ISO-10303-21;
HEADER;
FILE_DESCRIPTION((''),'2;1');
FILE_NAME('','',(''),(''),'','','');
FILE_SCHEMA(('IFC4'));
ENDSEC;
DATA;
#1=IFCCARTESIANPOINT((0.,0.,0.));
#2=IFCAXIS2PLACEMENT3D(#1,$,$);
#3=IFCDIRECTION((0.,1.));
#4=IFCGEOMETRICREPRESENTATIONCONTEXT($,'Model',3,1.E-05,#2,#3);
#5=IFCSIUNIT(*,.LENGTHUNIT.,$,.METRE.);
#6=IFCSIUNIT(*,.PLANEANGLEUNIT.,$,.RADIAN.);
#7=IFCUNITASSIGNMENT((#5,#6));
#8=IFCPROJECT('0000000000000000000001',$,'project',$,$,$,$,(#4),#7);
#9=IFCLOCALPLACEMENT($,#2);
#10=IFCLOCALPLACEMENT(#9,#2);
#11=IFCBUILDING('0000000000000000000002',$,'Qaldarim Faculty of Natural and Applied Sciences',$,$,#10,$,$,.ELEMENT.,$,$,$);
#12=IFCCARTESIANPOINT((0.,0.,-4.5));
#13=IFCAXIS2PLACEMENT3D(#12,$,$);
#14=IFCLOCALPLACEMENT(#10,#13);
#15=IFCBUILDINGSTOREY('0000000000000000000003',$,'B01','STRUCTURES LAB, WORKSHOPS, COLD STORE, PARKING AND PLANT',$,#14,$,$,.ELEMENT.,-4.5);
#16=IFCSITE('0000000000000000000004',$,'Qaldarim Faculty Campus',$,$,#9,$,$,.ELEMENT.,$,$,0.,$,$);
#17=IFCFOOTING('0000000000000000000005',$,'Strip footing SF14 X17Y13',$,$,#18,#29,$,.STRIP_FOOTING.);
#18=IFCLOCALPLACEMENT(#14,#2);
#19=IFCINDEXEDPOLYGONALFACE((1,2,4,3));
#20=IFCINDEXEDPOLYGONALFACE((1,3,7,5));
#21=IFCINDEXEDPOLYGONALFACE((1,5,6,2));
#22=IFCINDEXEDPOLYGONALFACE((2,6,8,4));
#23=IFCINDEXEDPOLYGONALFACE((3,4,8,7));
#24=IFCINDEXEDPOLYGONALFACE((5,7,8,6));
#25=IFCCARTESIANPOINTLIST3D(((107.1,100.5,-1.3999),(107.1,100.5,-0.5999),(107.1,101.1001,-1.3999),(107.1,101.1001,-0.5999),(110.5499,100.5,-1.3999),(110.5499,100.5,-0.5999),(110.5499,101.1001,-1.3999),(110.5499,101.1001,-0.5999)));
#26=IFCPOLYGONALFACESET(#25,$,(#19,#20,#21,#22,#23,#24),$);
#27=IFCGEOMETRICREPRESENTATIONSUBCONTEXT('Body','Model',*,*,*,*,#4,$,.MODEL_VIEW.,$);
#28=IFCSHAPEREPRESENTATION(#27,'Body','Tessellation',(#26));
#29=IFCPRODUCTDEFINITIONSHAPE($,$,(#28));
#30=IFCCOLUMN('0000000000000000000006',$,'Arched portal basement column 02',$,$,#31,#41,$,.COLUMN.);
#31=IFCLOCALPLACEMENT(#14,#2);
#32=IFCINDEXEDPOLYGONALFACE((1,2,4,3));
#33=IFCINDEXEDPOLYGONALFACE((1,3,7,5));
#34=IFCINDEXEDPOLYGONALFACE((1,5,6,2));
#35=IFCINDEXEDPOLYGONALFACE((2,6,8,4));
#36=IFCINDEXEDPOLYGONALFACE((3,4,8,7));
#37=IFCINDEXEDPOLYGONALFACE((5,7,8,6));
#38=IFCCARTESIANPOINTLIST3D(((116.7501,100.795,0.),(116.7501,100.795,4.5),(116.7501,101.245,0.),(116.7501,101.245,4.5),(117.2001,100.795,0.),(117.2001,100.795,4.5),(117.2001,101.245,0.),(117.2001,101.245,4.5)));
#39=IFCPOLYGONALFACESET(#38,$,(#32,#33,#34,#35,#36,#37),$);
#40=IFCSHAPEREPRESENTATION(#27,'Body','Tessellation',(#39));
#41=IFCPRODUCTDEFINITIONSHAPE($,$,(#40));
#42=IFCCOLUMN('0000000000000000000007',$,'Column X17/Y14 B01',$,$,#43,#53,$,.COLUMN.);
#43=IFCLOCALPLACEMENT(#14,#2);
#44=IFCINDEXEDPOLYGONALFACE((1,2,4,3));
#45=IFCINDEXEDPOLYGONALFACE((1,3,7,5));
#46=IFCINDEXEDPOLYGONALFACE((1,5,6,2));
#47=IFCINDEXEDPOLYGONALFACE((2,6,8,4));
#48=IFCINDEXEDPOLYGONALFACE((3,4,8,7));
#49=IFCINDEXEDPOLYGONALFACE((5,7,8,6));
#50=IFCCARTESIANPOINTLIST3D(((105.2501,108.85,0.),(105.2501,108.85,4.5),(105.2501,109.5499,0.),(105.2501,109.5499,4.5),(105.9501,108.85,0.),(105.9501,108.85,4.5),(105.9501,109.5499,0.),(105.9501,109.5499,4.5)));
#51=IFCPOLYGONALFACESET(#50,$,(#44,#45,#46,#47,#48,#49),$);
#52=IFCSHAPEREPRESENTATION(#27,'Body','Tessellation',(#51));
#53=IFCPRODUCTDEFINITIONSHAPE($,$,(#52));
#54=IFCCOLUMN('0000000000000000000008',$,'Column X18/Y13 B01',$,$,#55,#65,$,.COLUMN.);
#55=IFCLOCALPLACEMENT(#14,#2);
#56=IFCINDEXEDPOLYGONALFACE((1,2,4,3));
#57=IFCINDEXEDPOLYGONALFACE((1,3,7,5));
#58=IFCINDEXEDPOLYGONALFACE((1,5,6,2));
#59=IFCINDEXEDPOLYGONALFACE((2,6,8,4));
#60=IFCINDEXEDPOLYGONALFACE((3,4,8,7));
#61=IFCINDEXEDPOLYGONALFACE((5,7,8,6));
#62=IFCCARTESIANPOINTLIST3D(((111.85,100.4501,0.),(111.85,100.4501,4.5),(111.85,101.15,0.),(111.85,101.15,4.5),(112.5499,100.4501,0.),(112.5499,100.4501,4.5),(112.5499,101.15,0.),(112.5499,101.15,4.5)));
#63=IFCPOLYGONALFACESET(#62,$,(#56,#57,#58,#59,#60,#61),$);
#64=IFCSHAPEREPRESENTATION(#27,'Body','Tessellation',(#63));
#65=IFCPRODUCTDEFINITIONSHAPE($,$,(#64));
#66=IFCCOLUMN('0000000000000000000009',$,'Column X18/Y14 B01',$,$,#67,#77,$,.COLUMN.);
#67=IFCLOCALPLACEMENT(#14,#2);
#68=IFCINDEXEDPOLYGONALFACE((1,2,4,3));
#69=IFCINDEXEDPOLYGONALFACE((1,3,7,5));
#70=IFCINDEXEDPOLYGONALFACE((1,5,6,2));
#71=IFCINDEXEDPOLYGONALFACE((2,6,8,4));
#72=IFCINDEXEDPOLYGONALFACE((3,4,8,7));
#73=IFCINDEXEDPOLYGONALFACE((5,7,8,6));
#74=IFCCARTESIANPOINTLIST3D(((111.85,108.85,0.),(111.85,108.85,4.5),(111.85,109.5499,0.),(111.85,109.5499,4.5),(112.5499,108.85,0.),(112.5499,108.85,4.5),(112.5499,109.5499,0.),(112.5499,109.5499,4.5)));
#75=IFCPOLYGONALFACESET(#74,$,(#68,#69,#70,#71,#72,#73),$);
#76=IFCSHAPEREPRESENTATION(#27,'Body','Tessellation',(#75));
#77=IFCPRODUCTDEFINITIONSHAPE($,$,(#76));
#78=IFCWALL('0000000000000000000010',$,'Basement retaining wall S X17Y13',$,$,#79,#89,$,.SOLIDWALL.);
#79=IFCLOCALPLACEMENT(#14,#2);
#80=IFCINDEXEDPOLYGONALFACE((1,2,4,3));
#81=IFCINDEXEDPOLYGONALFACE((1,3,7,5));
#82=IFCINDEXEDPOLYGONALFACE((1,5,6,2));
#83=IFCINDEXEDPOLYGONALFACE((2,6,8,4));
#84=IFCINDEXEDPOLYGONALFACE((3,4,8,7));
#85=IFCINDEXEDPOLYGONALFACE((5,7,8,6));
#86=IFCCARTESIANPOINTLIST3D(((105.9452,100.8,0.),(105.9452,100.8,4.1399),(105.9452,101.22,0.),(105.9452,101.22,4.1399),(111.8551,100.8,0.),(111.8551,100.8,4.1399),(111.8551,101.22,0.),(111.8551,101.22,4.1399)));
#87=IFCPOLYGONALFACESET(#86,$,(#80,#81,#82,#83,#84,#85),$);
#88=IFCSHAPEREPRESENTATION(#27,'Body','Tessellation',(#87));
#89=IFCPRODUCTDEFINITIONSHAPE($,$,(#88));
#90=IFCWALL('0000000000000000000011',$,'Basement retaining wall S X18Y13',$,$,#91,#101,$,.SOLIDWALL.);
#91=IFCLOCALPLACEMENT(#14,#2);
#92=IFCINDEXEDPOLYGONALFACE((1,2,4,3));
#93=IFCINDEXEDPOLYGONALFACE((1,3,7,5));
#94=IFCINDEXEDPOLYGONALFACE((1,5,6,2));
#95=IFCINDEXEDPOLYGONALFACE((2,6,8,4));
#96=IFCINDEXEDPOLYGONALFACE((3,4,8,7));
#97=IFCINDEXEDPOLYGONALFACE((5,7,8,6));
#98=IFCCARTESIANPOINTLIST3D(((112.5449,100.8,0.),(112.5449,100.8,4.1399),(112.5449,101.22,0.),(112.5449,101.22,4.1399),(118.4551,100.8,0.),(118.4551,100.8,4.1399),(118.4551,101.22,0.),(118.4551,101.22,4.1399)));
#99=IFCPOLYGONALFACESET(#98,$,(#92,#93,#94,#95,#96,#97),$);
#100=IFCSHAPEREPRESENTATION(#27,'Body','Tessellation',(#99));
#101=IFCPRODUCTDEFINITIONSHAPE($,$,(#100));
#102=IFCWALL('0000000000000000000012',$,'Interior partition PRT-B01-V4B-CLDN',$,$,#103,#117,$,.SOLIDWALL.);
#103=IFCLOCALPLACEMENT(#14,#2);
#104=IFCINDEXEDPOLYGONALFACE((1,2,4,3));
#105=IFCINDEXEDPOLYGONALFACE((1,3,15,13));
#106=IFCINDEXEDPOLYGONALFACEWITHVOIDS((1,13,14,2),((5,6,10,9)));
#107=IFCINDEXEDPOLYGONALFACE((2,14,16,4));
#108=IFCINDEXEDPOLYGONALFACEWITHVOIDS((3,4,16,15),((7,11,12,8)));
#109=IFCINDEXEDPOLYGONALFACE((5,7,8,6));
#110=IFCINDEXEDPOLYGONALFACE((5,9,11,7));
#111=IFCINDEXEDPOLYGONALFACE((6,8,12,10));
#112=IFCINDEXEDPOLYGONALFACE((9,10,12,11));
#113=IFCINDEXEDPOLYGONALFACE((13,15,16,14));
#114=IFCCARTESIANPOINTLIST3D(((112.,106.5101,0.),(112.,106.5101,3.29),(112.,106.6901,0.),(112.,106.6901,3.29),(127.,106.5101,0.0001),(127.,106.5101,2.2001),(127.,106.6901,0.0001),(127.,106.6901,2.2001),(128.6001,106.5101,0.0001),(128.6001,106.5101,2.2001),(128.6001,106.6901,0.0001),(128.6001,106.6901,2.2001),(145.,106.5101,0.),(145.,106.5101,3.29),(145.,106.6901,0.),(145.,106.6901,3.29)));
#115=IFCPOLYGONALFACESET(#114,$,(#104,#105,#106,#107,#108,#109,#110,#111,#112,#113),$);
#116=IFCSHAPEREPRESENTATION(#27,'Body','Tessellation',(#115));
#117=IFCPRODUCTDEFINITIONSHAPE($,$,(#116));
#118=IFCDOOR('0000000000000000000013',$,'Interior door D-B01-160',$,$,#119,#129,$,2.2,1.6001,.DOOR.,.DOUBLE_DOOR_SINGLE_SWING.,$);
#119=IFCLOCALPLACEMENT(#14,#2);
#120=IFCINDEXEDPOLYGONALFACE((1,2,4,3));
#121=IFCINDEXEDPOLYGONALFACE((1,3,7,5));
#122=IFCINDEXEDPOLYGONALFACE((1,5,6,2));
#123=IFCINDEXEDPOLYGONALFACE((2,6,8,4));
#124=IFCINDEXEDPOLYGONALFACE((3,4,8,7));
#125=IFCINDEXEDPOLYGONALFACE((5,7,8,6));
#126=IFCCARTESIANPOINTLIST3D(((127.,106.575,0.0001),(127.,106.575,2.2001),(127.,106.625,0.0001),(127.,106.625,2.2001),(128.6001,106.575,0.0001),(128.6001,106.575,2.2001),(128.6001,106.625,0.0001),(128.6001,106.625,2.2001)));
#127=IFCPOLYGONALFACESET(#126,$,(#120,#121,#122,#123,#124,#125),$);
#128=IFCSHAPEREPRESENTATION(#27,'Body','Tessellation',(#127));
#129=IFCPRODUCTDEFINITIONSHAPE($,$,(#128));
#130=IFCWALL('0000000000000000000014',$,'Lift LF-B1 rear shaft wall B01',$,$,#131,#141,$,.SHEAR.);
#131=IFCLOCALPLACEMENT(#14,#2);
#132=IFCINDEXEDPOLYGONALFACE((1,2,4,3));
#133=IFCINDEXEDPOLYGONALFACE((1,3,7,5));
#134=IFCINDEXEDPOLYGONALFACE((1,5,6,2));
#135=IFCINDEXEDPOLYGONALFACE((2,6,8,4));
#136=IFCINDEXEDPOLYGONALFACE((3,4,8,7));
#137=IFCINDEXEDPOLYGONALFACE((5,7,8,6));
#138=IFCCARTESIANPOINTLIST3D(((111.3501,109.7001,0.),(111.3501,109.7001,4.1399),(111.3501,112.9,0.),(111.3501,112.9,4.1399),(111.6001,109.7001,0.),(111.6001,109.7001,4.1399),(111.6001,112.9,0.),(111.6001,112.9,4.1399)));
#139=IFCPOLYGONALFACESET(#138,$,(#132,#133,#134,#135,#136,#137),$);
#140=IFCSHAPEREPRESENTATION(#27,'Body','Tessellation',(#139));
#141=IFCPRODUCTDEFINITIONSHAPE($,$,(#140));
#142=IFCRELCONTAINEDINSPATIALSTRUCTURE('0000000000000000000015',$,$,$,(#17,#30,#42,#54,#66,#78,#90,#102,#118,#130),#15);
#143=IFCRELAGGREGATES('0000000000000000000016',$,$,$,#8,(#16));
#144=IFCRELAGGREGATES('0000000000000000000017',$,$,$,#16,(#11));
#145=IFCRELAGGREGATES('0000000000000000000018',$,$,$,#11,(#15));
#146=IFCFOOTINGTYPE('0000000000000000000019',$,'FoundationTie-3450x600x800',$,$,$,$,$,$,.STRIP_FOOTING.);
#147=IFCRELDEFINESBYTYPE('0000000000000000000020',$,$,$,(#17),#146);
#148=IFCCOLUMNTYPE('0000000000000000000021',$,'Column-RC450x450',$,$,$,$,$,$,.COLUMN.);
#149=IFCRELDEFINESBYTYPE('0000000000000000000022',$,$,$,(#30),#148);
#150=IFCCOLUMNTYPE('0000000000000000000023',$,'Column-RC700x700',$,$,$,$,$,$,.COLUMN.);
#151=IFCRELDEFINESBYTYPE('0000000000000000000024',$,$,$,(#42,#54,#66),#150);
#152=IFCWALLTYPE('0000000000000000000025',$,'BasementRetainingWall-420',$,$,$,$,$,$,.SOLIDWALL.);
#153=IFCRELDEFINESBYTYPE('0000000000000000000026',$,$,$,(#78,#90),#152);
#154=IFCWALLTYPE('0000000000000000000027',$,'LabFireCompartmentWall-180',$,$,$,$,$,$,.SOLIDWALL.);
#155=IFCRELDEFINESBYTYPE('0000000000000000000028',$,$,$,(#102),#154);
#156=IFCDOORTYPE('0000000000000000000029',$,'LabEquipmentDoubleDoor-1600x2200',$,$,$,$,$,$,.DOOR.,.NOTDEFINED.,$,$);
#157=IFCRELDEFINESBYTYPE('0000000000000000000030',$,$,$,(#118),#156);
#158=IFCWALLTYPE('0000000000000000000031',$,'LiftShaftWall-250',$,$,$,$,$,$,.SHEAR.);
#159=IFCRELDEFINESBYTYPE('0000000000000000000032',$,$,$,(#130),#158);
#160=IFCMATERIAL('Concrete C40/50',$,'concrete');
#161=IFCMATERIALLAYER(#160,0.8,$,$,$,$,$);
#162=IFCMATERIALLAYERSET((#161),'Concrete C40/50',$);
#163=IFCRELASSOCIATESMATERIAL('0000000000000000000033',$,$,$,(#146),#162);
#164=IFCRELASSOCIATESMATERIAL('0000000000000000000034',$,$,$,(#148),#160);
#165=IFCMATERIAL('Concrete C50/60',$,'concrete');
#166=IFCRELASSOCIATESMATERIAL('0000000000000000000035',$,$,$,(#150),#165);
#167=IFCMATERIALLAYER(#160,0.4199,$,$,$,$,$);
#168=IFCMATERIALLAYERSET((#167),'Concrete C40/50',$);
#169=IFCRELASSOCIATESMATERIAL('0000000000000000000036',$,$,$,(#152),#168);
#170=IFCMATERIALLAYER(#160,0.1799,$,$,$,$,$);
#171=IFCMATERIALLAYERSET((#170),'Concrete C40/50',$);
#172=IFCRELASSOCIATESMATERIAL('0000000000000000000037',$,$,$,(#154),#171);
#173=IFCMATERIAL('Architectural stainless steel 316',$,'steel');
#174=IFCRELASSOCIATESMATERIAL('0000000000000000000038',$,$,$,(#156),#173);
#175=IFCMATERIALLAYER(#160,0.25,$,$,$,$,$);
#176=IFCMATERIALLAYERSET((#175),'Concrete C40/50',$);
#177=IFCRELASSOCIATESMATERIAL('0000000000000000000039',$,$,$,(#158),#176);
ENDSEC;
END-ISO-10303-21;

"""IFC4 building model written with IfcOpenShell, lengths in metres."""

from ifc_helpers import new_model, si_unit, direction, frame, frame_2d, origin, origin_2d, place, context, subcontext, project, spatial, rectangle, extrude, material, layer, layer_set, material_profile, profile_set, type_object, element, fill, save


model = new_model("IFC4")

# Units and contexts
model_context = context("Model", 3, precision=1e-05, world=origin(), true_north=direction((0.0, 1.0)))
body_context = subcontext(model_context, "Body", "Model", "MODEL_VIEW")
ifc_project = project(units=[si_unit("LENGTHUNIT", "METRE"), si_unit("PLANEANGLEUNIT", "RADIAN")], contexts=[model_context])

# Site, building, storey
site_placement = place(None, origin())
site = spatial("IfcSite", under=ifc_project, at=site_placement, Name="Qaldarim Faculty Campus", CompositionType="ELEMENT", RefElevation=0.0)
building_placement = place(site_placement, origin())
building = spatial("IfcBuilding", under=site, at=building_placement, Name="Qaldarim Faculty of Natural and Applied Sciences", CompositionType="ELEMENT")
storey_placement = place(building_placement, frame((0.0, 0.0, -4.5)))
storey = spatial("IfcBuildingStorey", under=building, at=storey_placement, Name="B01", Description="STRUCTURES LAB, WORKSHOPS, COLD STORE, PARKING AND PLANT", CompositionType="ELEMENT", Elevation=-4.5)

# Shared definitions
ifc_material_1 = material(Name="Concrete C40/50", Category="concrete")

# Footing
ifc_layer_1 = layer(ifc_material_1, 0.8)
ifc_layer_set_1 = layer_set([ifc_layer_1], Name="Concrete C40/50")
footing_type_1 = type_object("IfcFootingType", Name="FoundationTie-3450x600x800", PredefinedType="STRIP_FOOTING", material=ifc_layer_set_1)
footing_1_placement = place(storey_placement, frame((108.825, 100.8, -1.3999), z_axis=(0.0, 0.0, 1.0), x_axis=(1.0, 0.0, 0.0)))
element("IfcFooting", 1, at=footing_1_placement, inside=storey, type_object=footing_type_1, Name="Strip footing SF14 X17Y13", PredefinedType="STRIP_FOOTING", context=body_context, shape_type="SweptSolid", body=[
    extrude(rectangle(XDim=3.45, YDim=0.6001, at=origin_2d()), origin(), (0.0, 0.0, 1.0), 0.8),
])

# Columns
ifc_material_profile_1 = material_profile(ifc_material_1, rectangle(XDim=0.45, YDim=0.45, at=origin_2d()), Name="RC-C450x450")
ifc_profile_set_1 = profile_set([ifc_material_profile_1], Name="Concrete C40/50")
column_type_1 = type_object("IfcColumnType", Name="Column-RC450x450", PredefinedType="COLUMN", material=ifc_profile_set_1)
column_placement = place(storey_placement, frame((116.9751, 101.02, 0.0), z_axis=(0.0, 0.0, 1.0), x_axis=(1.0, 0.0, 0.0)))
element("IfcColumn", 2, at=column_placement, inside=storey, type_object=column_type_1, Name="Arched portal basement column 02", PredefinedType="COLUMN", context=body_context, shape_type="SweptSolid", body=[
    extrude(rectangle(XDim=0.45, YDim=0.45, at=origin_2d()), origin(), (0.0, 0.0, 1.0), 4.5),
])
ifc_material_2 = material(Name="Concrete C50/60", Category="concrete")
ifc_material_profile_2 = material_profile(ifc_material_2, rectangle(XDim=0.7, YDim=0.7, at=origin_2d()), Name="RC-C700x700")
ifc_profile_set_2 = profile_set([ifc_material_profile_2], Name="Concrete C50/60")
column_type_2 = type_object("IfcColumnType", Name="Column-RC700x700", PredefinedType="COLUMN", material=ifc_profile_set_2)
for number, where, z_axis, x_axis, name in (
    (3, (105.6001, 109.2, 0.0), (0.0, 0.0, 1.0), (1.0, 0.0, 0.0), "Column X17/Y14 B01"),
    (4, (112.2, 100.8, 0.0), (0.0, 0.0, 1.0), (1.0, 0.0, 0.0), "Column X18/Y13 B01"),
    (5, (112.2, 109.2, 0.0), (0.0, 0.0, 1.0), (1.0, 0.0, 0.0), "Column X18/Y14 B01"),
):
    element("IfcColumn", number, at=place(storey_placement, frame(where, z_axis=z_axis, x_axis=x_axis)), inside=storey, type_object=column_type_2, Name=name, PredefinedType="COLUMN", context=body_context, shape_type="SweptSolid", body=[
        extrude(rectangle(XDim=0.7, YDim=0.7, at=origin_2d()), origin(), (0.0, 0.0, 1.0), 4.5),
    ])

# Walls
ifc_layer_2 = layer(ifc_material_1, 0.4199)
ifc_layer_set_2 = layer_set([ifc_layer_2], Name="Concrete C40/50")
wall_type_1 = type_object("IfcWallType", Name="BasementRetainingWall-420", PredefinedType="SOLIDWALL", material=ifc_layer_set_2)
wall_1_placement = place(storey_placement, frame((105.9451, 101.01, 0.0), z_axis=(0.0, 0.0, 1.0), x_axis=(1.0, 0.0, 0.0)))
element("IfcWall", 6, at=wall_1_placement, inside=storey, type_object=wall_type_1, Name="Basement retaining wall S X17Y13", PredefinedType="SOLIDWALL", context=body_context, shape_type="SweptSolid", body=[
    extrude(rectangle(XDim=5.9099, YDim=0.4199, at=frame_2d((2.9551, 0.0))), origin(), (0.0, 0.0, 1.0), 4.1399),
])
wall_2_placement = place(storey_placement, frame((112.5449, 101.01, 0.0), z_axis=(0.0, 0.0, 1.0), x_axis=(1.0, 0.0, 0.0)))
element("IfcWall", 7, at=wall_2_placement, inside=storey, type_object=wall_type_1, Name="Basement retaining wall S X18Y13", PredefinedType="SOLIDWALL", context=body_context, shape_type="SweptSolid", body=[
    extrude(rectangle(XDim=5.9102, YDim=0.4199, at=frame_2d((2.9551, 0.0))), origin(), (0.0, 0.0, 1.0), 4.1399),
])

# Wall, opening, door
ifc_layer_3 = layer(ifc_material_1, 0.1799)
ifc_layer_set_3 = layer_set([ifc_layer_3], Name="Concrete C40/50")
wall_type_2 = type_object("IfcWallType", Name="LabFireCompartmentWall-180", PredefinedType="SOLIDWALL", material=ifc_layer_set_3)
wall_3_placement = place(storey_placement, frame((112.0, 106.6001, 0.0), z_axis=(0.0, 0.0, 1.0), x_axis=(1.0, 0.0, 0.0)))
wall_3 = element("IfcWall", 8, at=wall_3_placement, inside=storey, type_object=wall_type_2, Name="Interior partition PRT-B01-V4B-CLDN", PredefinedType="SOLIDWALL", context=body_context, shape_type="SweptSolid", body=[
    extrude(rectangle(XDim=33.0, YDim=0.1799, at=frame_2d((16.5, 0.0))), origin(), (0.0, 0.0, 1.0), 3.29),
])
opening_1_placement = place(wall_3_placement, frame((15.0, 0.0, 0.0)))
opening_1 = element("IfcOpeningElement", 9, at=opening_1_placement, cuts=wall_3, PredefinedType="OPENING", context=body_context, shape_type="SweptSolid", body=[
    extrude(rectangle(XDim=1.6001, YDim=2.2, at=frame_2d((0.8, 1.1001))), frame((0.0, 0.0999, 0.0), z_axis=(0.0, -1.0, 0.0), x_axis=(1.0, 0.0, 0.0)), (0.0, 0.0, 1.0), 0.2),
])
ifc_material_3 = material(Name="Architectural stainless steel 316", Category="steel")
door_type_1 = type_object("IfcDoorType", Name="LabEquipmentDoubleDoor-1600x2200", OperationType="NOTDEFINED", PredefinedType="DOOR", material=ifc_material_3)
door_1_placement = place(opening_1_placement, origin())
door_1 = element("IfcDoor", 10, at=door_1_placement, inside=storey, type_object=door_type_1, Name="Interior door D-B01-160", OperationType="DOUBLE_DOOR_SINGLE_SWING", OverallHeight=2.2, OverallWidth=1.6001, PredefinedType="DOOR", context=body_context, shape_type="SweptSolid", body=[
    extrude(rectangle(XDim=1.6001, YDim=2.2, at=frame_2d((0.8, 1.1001))), frame((0.0, 0.0249, 0.0), z_axis=(0.0, -1.0, 0.0), x_axis=(1.0, 0.0, 0.0)), (0.0, 0.0, 1.0), 0.05),
])
fill(opening_1, door_1)
ifc_layer_4 = layer(ifc_material_1, 0.25)
ifc_layer_set_4 = layer_set([ifc_layer_4], Name="Concrete C40/50")
wall_type_3 = type_object("IfcWallType", Name="LiftShaftWall-250", PredefinedType="SHEAR", material=ifc_layer_set_4)

# Wall
wall_4_placement = place(storey_placement, frame((111.4751, 109.7, 0.0), z_axis=(0.0, 0.0, 1.0), x_axis=(0.0, 1.0, 0.0)))
element("IfcWall", 11, at=wall_4_placement, inside=storey, type_object=wall_type_3, Name="Lift LF-B1 rear shaft wall B01", PredefinedType="SHEAR", context=body_context, shape_type="SweptSolid", body=[
    extrude(rectangle(XDim=3.2, YDim=0.25, at=frame_2d((1.6001, 0.0))), origin(), (0.0, 0.0, 1.0), 4.1399),
])

save(model, "model.ifc")
